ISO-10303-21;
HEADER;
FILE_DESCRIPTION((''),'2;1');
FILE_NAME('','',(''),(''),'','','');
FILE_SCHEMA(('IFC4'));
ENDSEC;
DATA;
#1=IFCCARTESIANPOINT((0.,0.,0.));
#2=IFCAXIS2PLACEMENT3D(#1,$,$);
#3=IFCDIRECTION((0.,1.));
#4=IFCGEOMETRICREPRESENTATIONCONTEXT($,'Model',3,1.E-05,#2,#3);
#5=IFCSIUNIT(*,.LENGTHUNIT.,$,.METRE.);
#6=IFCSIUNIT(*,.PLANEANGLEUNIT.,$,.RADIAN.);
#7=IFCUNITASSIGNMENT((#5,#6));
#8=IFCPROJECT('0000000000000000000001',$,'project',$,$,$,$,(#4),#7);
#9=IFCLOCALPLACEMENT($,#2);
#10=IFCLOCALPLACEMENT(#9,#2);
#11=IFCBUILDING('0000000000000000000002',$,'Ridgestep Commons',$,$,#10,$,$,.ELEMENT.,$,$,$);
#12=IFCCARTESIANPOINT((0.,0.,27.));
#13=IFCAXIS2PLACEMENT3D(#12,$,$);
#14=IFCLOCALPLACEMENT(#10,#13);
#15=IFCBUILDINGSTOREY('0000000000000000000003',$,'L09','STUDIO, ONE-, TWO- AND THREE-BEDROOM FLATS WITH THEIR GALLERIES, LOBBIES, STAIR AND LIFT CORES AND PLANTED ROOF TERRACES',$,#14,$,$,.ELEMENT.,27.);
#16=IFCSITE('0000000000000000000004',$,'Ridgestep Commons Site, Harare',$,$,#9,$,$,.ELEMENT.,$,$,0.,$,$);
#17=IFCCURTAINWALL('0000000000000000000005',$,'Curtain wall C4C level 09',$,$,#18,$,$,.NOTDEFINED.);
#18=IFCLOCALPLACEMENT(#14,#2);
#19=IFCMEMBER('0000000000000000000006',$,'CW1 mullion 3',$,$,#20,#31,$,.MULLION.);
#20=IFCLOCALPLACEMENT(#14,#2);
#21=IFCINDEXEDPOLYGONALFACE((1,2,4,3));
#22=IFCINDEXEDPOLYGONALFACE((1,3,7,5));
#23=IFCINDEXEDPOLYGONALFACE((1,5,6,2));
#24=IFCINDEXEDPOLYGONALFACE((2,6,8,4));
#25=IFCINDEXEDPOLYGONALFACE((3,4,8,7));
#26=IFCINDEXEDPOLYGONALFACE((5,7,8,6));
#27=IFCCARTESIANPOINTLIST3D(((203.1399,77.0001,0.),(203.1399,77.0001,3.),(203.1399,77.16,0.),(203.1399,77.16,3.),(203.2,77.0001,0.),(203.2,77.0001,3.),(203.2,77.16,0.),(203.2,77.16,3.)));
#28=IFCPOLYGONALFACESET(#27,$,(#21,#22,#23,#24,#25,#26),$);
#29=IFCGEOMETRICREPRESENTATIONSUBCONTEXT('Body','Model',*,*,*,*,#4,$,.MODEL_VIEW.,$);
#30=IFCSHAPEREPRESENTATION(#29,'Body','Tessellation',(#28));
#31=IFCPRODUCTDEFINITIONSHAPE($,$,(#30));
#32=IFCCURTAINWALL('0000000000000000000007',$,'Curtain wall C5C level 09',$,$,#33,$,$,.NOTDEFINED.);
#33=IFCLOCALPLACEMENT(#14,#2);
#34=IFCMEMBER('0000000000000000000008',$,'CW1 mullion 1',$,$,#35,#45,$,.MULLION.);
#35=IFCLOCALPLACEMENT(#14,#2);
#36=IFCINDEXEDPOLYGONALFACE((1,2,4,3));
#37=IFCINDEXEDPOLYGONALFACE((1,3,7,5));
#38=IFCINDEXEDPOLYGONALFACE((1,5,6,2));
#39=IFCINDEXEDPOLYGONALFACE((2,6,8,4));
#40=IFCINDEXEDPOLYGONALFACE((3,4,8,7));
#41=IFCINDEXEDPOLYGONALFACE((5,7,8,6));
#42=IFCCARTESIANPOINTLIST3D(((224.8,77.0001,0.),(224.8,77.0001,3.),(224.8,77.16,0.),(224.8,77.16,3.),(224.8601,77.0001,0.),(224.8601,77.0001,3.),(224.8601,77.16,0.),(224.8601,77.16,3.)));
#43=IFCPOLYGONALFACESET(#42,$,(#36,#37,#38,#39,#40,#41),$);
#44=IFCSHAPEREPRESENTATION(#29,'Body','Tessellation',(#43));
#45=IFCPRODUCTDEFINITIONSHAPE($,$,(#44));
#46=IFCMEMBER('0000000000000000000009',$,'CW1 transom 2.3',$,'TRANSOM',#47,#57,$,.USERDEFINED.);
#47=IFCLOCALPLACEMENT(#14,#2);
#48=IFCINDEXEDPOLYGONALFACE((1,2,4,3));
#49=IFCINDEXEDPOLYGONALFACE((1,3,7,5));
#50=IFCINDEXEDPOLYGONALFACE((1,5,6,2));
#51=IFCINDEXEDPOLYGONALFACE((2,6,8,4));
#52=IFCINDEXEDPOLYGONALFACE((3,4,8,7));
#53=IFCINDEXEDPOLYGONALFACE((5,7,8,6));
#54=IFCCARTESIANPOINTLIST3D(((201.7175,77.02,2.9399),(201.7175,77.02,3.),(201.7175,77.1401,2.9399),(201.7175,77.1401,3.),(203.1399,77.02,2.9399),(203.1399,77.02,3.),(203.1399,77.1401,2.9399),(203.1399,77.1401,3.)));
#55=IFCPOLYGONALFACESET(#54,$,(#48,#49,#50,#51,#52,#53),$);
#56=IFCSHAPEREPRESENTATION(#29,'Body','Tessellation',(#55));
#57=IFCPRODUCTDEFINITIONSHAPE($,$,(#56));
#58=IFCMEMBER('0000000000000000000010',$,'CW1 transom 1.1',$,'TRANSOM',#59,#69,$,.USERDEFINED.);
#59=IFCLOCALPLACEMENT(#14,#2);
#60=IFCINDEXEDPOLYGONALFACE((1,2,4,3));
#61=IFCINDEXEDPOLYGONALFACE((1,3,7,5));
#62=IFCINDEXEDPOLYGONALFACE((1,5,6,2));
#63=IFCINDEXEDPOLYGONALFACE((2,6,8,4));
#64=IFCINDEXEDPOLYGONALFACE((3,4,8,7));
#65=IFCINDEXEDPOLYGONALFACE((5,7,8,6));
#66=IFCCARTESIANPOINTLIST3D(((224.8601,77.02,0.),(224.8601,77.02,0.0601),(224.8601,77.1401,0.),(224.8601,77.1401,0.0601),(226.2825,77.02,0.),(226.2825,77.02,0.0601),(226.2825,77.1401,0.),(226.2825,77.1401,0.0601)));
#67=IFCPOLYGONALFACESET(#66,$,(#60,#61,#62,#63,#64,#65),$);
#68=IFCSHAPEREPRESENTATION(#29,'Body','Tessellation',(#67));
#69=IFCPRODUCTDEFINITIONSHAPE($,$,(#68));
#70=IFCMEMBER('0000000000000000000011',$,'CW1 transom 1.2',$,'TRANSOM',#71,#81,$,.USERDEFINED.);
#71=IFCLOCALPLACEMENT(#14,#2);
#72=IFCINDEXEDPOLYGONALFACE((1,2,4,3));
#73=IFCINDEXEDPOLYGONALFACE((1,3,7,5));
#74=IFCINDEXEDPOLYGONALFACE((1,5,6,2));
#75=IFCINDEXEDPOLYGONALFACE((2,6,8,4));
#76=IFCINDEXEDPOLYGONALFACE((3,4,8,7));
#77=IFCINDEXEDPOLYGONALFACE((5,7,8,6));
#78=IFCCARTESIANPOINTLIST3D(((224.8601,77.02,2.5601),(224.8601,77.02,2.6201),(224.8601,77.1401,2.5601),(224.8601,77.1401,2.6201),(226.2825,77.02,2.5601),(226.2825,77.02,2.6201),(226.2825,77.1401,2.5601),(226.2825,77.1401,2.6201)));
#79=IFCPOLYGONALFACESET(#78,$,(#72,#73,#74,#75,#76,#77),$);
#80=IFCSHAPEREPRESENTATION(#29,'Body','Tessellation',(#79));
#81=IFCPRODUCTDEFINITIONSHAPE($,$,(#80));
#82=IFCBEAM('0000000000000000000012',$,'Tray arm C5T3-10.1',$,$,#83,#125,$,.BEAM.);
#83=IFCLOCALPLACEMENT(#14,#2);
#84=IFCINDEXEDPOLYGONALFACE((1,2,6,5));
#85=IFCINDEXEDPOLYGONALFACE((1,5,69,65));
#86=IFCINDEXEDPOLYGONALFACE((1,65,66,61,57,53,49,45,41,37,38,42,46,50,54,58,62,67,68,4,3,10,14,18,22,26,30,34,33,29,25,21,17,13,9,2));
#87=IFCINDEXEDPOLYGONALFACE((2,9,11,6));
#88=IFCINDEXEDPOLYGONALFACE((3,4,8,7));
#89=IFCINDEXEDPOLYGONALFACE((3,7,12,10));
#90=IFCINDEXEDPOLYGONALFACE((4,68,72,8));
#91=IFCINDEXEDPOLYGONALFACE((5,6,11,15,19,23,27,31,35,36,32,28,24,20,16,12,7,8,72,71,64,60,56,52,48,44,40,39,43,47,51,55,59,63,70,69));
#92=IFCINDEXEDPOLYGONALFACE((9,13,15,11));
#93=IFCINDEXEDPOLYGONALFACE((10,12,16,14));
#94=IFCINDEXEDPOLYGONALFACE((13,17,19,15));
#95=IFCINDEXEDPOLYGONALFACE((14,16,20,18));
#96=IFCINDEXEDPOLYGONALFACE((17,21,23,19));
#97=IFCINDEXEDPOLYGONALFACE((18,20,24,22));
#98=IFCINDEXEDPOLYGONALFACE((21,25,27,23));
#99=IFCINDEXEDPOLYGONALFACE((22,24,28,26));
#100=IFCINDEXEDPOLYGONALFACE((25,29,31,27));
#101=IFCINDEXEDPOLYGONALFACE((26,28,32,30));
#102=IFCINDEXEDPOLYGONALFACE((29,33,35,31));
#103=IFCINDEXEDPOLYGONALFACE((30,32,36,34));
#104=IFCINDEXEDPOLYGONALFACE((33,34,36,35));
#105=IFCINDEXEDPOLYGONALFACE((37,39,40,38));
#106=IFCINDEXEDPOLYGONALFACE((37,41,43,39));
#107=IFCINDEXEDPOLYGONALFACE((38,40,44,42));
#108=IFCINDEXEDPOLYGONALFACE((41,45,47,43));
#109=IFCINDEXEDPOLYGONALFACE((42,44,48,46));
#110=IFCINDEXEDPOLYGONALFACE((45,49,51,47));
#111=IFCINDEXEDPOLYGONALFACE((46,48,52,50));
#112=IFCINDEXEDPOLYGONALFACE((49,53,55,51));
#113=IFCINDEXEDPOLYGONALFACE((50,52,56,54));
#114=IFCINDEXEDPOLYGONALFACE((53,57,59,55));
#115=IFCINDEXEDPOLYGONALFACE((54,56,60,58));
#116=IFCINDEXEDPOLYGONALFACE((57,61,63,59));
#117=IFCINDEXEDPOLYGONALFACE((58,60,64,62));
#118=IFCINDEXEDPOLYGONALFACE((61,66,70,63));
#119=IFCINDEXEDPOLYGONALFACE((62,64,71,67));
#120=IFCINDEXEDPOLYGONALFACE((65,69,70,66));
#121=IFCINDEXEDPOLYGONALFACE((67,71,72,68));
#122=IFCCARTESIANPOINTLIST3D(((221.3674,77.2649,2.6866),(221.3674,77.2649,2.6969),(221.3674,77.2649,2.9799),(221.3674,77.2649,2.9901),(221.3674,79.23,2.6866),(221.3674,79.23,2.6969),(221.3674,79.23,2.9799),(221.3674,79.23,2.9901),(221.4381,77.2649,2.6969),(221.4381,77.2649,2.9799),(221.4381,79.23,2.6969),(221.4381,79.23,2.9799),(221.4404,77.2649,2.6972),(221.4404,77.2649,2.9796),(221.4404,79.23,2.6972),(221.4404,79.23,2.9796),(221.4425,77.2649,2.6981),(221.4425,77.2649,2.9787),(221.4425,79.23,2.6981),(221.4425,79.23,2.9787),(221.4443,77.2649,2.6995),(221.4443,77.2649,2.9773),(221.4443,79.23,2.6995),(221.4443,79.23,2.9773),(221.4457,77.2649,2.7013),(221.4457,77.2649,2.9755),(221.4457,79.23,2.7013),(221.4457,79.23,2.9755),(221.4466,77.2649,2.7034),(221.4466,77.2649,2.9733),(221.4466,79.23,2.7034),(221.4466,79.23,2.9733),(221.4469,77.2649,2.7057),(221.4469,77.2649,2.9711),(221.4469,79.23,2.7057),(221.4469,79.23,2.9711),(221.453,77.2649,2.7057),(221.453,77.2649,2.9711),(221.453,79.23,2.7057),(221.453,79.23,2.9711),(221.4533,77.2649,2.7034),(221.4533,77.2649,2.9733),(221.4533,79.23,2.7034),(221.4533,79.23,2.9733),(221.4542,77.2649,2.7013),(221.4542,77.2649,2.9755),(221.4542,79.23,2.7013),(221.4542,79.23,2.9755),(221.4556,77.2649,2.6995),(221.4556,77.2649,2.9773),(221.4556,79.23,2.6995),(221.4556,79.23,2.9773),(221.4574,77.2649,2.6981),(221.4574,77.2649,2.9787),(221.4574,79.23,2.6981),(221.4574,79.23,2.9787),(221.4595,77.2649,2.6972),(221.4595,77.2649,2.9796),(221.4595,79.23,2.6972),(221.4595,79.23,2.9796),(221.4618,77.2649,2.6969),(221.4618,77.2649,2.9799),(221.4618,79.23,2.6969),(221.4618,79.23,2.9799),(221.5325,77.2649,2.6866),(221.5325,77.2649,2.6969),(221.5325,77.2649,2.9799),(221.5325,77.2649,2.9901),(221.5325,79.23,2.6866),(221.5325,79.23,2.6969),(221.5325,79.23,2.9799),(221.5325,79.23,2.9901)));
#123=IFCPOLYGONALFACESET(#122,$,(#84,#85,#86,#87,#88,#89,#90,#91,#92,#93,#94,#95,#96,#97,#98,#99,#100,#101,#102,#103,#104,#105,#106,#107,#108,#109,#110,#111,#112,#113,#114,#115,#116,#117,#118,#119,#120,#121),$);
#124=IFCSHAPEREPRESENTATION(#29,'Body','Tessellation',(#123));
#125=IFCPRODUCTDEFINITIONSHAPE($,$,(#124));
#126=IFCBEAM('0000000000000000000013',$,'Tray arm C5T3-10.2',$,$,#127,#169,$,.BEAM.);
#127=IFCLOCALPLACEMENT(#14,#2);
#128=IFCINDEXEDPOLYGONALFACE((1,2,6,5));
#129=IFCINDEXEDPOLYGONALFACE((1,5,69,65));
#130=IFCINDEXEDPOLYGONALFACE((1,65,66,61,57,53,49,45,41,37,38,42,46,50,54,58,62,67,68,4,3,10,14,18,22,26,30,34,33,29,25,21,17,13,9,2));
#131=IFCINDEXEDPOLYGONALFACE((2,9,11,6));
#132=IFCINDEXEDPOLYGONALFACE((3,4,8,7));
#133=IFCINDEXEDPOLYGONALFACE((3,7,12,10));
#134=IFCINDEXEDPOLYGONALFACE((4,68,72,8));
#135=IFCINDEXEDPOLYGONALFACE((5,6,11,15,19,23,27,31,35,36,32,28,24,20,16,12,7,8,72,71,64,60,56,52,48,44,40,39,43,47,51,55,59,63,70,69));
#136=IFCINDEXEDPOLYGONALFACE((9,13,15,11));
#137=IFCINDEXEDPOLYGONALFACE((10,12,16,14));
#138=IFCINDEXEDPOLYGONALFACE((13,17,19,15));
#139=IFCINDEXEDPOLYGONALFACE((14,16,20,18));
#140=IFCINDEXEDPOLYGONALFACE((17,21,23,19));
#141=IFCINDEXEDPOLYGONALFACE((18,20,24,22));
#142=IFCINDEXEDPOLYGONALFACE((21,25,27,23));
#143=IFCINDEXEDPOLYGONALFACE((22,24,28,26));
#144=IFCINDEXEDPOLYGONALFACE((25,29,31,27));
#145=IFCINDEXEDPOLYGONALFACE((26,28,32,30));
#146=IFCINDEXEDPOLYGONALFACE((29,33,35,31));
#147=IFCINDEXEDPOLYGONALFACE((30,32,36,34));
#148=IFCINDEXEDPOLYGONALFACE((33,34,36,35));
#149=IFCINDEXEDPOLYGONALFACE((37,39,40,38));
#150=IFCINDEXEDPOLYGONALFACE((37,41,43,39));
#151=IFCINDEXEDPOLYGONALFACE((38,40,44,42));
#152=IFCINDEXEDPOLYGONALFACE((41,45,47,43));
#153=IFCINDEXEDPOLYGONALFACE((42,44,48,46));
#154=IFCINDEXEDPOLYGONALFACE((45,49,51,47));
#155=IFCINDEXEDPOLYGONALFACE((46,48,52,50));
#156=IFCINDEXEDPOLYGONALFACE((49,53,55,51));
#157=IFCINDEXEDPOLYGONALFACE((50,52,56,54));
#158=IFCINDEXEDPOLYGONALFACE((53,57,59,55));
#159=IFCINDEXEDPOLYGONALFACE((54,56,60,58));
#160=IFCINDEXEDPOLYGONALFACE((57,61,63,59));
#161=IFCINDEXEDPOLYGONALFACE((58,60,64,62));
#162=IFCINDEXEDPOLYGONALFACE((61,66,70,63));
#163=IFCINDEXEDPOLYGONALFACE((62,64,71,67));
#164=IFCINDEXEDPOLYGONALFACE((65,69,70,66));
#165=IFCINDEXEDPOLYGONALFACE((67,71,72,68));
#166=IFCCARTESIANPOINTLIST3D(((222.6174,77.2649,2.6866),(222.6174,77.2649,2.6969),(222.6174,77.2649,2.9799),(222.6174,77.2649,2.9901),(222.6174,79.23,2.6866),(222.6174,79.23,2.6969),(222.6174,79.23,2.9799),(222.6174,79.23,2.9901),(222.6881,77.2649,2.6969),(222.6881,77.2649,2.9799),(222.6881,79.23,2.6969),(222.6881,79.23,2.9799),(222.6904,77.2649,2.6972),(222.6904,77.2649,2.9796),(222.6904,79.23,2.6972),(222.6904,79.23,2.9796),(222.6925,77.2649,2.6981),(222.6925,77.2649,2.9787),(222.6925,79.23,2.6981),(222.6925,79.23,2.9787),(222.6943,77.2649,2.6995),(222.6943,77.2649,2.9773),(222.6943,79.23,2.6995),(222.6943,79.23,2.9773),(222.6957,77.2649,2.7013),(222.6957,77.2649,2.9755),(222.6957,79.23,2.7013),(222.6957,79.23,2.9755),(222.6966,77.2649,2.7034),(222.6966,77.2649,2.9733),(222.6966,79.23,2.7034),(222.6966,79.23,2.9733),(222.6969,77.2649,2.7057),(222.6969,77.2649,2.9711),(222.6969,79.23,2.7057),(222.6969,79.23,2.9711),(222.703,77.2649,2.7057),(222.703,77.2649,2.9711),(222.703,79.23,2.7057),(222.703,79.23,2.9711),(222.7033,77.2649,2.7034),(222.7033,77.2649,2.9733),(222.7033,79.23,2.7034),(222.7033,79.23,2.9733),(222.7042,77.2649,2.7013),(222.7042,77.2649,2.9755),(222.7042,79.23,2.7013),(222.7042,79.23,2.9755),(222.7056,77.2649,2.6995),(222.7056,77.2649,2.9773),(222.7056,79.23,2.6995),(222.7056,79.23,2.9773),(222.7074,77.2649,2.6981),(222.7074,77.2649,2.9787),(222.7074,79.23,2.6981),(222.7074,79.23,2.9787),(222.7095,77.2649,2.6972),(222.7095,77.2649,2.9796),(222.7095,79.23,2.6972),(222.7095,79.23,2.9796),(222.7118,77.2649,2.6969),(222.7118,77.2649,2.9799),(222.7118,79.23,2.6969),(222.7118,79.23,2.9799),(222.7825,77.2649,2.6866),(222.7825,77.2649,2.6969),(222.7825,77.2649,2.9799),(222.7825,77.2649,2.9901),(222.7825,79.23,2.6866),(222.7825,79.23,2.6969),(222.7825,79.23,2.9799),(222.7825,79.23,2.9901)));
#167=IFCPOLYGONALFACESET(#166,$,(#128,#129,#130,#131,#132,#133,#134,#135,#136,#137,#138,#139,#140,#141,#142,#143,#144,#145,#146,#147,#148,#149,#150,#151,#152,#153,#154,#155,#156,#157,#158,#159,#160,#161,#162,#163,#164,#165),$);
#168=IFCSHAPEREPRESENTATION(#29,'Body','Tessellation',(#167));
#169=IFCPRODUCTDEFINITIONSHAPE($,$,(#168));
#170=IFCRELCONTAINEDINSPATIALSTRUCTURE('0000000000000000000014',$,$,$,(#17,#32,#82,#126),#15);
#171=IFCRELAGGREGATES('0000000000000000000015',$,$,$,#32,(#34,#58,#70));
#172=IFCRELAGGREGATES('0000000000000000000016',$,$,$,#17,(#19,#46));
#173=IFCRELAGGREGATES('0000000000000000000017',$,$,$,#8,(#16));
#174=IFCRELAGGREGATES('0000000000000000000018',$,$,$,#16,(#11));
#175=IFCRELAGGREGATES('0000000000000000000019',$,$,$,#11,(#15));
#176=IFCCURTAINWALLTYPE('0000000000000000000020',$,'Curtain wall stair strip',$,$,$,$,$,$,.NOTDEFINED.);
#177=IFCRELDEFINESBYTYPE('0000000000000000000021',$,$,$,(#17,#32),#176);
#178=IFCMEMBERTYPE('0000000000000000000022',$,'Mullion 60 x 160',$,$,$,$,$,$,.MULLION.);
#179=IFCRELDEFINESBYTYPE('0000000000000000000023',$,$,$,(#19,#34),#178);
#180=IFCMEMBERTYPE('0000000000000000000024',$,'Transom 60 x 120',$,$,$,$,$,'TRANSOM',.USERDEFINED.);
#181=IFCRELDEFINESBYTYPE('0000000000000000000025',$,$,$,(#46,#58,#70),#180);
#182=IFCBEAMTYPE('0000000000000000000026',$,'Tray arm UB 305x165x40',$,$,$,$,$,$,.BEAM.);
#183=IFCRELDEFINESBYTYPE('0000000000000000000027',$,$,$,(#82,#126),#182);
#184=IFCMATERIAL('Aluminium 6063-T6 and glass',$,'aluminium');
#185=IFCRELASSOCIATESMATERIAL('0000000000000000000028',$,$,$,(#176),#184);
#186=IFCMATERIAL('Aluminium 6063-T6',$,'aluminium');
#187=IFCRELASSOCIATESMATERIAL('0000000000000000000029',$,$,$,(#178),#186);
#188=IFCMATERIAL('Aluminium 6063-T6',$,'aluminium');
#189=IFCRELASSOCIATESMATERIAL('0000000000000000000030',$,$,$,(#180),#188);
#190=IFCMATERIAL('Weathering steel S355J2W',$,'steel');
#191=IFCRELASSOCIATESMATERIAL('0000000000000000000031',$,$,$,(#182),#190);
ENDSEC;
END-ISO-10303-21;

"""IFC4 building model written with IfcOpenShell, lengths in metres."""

from ifc_helpers import new_model, si_unit, direction, frame, origin, origin_2d, place, context, subcontext, project, spatial, rectangle, i_section, extrude, material, material_profile, profile_set, type_object, element, aggregate, save


model = new_model("IFC4")

# Units and contexts
model_context = context("Model", 3, precision=1e-05, world=origin(), true_north=direction((0.0, 1.0)))
body_context = subcontext(model_context, "Body", "Model", "MODEL_VIEW")
ifc_project = project(units=[si_unit("LENGTHUNIT", "METRE"), si_unit("PLANEANGLEUNIT", "RADIAN")], contexts=[model_context])

# Site, building, storey
site_placement = place(None, origin())
site = spatial("IfcSite", under=ifc_project, at=site_placement, Name="Ridgestep Commons Site, Harare", CompositionType="ELEMENT", RefElevation=0.0)
building_placement = place(site_placement, origin())
building = spatial("IfcBuilding", under=site, at=building_placement, Name="Ridgestep Commons", CompositionType="ELEMENT")
storey_placement = place(building_placement, frame((0.0, 0.0, 27.0)))
storey = spatial("IfcBuildingStorey", under=building, at=storey_placement, Name="L09", Description="STUDIO, ONE-, TWO- AND THREE-BEDROOM FLATS WITH THEIR GALLERIES, LOBBIES, STAIR AND LIFT CORES AND PLANTED ROOF TERRACES", CompositionType="ELEMENT", Elevation=27.0)

# Curtain walls, members
ifc_material_1 = material(Name="Aluminium 6063-T6 and glass", Category="aluminium")
curtain_wall_type = type_object("IfcCurtainWallType", Name="Curtain wall stair strip", PredefinedType="NOTDEFINED", material=ifc_material_1)
curtain_wall_1_placement = place(storey_placement, origin())
curtain_wall_1 = element("IfcCurtainWall", 1, at=curtain_wall_1_placement, inside=storey, type_object=curtain_wall_type, Name="Curtain wall C4C level 09", PredefinedType="NOTDEFINED")
ifc_material_2 = material(Name="Aluminium 6063-T6", Category="aluminium")
ifc_material_profile_1 = material_profile(ifc_material_2, rectangle(XDim=0.1599, YDim=0.0601, at=origin_2d()), Name="Mullion 60 x 160")
ifc_profile_set_1 = profile_set([ifc_material_profile_1], Name="Aluminium 6063-T6")
member_type_1 = type_object("IfcMemberType", Name="Mullion 60 x 160", PredefinedType="MULLION", material=ifc_profile_set_1)
member_1_placement = place(storey_placement, frame((203.1699, 77.0801, 0.0), z_axis=(0.0, 0.0, 1.0), x_axis=(0.0, 1.0, 0.0)))
member_1 = element("IfcMember", 2, at=member_1_placement, type_object=member_type_1, Name="CW1 mullion 3", PredefinedType="MULLION", context=body_context, shape_type="SweptSolid", body=[
    extrude(rectangle(XDim=0.1599, YDim=0.0601, at=origin_2d()), origin(), (0.0, 0.0, 1.0), 3.0),
])
curtain_wall_2_placement = place(storey_placement, origin())
curtain_wall_2 = element("IfcCurtainWall", 3, at=curtain_wall_2_placement, inside=storey, type_object=curtain_wall_type, Name="Curtain wall C5C level 09", PredefinedType="NOTDEFINED")
member_2_placement = place(storey_placement, frame((224.8301, 77.0801, 0.0), z_axis=(0.0, 0.0, 1.0), x_axis=(0.0, 1.0, 0.0)))
member_2 = element("IfcMember", 4, at=member_2_placement, type_object=member_type_1, Name="CW1 mullion 1", PredefinedType="MULLION", context=body_context, shape_type="SweptSolid", body=[
    extrude(rectangle(XDim=0.1599, YDim=0.0601, at=origin_2d()), origin(), (0.0, 0.0, 1.0), 3.0),
])

# Members
ifc_material_3 = material(Name="Aluminium 6063-T6", Category="aluminium")
ifc_material_profile_2 = material_profile(ifc_material_3, rectangle(XDim=0.1201, YDim=0.0601, at=origin_2d()), Name="Transom 60 x 120")
ifc_profile_set_2 = profile_set([ifc_material_profile_2], Name="Aluminium 6063-T6")
member_type_2 = type_object("IfcMemberType", Name="Transom 60 x 120", ElementType="TRANSOM", PredefinedType="USERDEFINED", material=ifc_profile_set_2)
member_3_placement = place(storey_placement, frame((201.7175, 77.0801, 2.97), z_axis=(1.0, 0.0, 0.0), x_axis=(0.0, 1.0, 0.0)))
member_3 = element("IfcMember", 5, at=member_3_placement, type_object=member_type_2, Name="CW1 transom 2.3", ObjectType="TRANSOM", PredefinedType="USERDEFINED", context=body_context, shape_type="SweptSolid", body=[
    extrude(rectangle(XDim=0.1201, YDim=0.0601, at=origin_2d()), origin(), (0.0, 0.0, 1.0), 1.4224),
])
member_4_placement = place(storey_placement, frame((224.8601, 77.0801, 0.03), z_axis=(1.0, 0.0, 0.0), x_axis=(0.0, 1.0, 0.0)))
member_4 = element("IfcMember", 6, at=member_4_placement, type_object=member_type_2, Name="CW1 transom 1.1", ObjectType="TRANSOM", PredefinedType="USERDEFINED", context=body_context, shape_type="SweptSolid", body=[
    extrude(rectangle(XDim=0.1201, YDim=0.0601, at=origin_2d()), origin(), (0.0, 0.0, 1.0), 1.4224),
])
member_5_placement = place(storey_placement, frame((224.8601, 77.0801, 2.5901), z_axis=(1.0, 0.0, 0.0), x_axis=(0.0, 1.0, 0.0)))
member_5 = element("IfcMember", 7, at=member_5_placement, type_object=member_type_2, Name="CW1 transom 1.2", ObjectType="TRANSOM", PredefinedType="USERDEFINED", context=body_context, shape_type="SweptSolid", body=[
    extrude(rectangle(XDim=0.1201, YDim=0.0601, at=origin_2d()), origin(), (0.0, 0.0, 1.0), 1.4224),
])
aggregate(curtain_wall_2, [member_2, member_4, member_5])

# Beams
ifc_material_4 = material(Name="Weathering steel S355J2W", Category="steel")
ifc_material_profile_3 = material_profile(ifc_material_4, i_section(OverallWidth=0.165, OverallDepth=0.3035, WebThickness=0.0061, FlangeThickness=0.0103, FilletRadius=0.0088, at=origin_2d()), Name="UB 305x165x40")
ifc_profile_set_3 = profile_set([ifc_material_profile_3], Name="Weathering steel S355J2W")
beam_type_1 = type_object("IfcBeamType", Name="Tray arm UB 305x165x40", PredefinedType="BEAM", material=ifc_profile_set_3)
for number, where, z_axis, x_axis, name in (
    (8, (221.45, 77.2649, 2.8384), (0.0, 1.0, 0.0), (-1.0, 0.0, 0.0), "Tray arm C5T3-10.1"),
    (9, (222.7, 77.2649, 2.8384), (0.0, 1.0, 0.0), (-1.0, 0.0, 0.0), "Tray arm C5T3-10.2"),
):
    element("IfcBeam", number, at=place(storey_placement, frame(where, z_axis=z_axis, x_axis=x_axis)), inside=storey, type_object=beam_type_1, Name=name, PredefinedType="BEAM", context=body_context, shape_type="SweptSolid", body=[
        extrude(i_section(OverallWidth=0.165, OverallDepth=0.3035, WebThickness=0.0061, FlangeThickness=0.0103, FilletRadius=0.0088, at=origin_2d()), origin(), (0.0, 0.0, 1.0), 1.9651),
    ])

aggregate(curtain_wall_1, [member_1, member_3])

save(model, "model.ifc")
